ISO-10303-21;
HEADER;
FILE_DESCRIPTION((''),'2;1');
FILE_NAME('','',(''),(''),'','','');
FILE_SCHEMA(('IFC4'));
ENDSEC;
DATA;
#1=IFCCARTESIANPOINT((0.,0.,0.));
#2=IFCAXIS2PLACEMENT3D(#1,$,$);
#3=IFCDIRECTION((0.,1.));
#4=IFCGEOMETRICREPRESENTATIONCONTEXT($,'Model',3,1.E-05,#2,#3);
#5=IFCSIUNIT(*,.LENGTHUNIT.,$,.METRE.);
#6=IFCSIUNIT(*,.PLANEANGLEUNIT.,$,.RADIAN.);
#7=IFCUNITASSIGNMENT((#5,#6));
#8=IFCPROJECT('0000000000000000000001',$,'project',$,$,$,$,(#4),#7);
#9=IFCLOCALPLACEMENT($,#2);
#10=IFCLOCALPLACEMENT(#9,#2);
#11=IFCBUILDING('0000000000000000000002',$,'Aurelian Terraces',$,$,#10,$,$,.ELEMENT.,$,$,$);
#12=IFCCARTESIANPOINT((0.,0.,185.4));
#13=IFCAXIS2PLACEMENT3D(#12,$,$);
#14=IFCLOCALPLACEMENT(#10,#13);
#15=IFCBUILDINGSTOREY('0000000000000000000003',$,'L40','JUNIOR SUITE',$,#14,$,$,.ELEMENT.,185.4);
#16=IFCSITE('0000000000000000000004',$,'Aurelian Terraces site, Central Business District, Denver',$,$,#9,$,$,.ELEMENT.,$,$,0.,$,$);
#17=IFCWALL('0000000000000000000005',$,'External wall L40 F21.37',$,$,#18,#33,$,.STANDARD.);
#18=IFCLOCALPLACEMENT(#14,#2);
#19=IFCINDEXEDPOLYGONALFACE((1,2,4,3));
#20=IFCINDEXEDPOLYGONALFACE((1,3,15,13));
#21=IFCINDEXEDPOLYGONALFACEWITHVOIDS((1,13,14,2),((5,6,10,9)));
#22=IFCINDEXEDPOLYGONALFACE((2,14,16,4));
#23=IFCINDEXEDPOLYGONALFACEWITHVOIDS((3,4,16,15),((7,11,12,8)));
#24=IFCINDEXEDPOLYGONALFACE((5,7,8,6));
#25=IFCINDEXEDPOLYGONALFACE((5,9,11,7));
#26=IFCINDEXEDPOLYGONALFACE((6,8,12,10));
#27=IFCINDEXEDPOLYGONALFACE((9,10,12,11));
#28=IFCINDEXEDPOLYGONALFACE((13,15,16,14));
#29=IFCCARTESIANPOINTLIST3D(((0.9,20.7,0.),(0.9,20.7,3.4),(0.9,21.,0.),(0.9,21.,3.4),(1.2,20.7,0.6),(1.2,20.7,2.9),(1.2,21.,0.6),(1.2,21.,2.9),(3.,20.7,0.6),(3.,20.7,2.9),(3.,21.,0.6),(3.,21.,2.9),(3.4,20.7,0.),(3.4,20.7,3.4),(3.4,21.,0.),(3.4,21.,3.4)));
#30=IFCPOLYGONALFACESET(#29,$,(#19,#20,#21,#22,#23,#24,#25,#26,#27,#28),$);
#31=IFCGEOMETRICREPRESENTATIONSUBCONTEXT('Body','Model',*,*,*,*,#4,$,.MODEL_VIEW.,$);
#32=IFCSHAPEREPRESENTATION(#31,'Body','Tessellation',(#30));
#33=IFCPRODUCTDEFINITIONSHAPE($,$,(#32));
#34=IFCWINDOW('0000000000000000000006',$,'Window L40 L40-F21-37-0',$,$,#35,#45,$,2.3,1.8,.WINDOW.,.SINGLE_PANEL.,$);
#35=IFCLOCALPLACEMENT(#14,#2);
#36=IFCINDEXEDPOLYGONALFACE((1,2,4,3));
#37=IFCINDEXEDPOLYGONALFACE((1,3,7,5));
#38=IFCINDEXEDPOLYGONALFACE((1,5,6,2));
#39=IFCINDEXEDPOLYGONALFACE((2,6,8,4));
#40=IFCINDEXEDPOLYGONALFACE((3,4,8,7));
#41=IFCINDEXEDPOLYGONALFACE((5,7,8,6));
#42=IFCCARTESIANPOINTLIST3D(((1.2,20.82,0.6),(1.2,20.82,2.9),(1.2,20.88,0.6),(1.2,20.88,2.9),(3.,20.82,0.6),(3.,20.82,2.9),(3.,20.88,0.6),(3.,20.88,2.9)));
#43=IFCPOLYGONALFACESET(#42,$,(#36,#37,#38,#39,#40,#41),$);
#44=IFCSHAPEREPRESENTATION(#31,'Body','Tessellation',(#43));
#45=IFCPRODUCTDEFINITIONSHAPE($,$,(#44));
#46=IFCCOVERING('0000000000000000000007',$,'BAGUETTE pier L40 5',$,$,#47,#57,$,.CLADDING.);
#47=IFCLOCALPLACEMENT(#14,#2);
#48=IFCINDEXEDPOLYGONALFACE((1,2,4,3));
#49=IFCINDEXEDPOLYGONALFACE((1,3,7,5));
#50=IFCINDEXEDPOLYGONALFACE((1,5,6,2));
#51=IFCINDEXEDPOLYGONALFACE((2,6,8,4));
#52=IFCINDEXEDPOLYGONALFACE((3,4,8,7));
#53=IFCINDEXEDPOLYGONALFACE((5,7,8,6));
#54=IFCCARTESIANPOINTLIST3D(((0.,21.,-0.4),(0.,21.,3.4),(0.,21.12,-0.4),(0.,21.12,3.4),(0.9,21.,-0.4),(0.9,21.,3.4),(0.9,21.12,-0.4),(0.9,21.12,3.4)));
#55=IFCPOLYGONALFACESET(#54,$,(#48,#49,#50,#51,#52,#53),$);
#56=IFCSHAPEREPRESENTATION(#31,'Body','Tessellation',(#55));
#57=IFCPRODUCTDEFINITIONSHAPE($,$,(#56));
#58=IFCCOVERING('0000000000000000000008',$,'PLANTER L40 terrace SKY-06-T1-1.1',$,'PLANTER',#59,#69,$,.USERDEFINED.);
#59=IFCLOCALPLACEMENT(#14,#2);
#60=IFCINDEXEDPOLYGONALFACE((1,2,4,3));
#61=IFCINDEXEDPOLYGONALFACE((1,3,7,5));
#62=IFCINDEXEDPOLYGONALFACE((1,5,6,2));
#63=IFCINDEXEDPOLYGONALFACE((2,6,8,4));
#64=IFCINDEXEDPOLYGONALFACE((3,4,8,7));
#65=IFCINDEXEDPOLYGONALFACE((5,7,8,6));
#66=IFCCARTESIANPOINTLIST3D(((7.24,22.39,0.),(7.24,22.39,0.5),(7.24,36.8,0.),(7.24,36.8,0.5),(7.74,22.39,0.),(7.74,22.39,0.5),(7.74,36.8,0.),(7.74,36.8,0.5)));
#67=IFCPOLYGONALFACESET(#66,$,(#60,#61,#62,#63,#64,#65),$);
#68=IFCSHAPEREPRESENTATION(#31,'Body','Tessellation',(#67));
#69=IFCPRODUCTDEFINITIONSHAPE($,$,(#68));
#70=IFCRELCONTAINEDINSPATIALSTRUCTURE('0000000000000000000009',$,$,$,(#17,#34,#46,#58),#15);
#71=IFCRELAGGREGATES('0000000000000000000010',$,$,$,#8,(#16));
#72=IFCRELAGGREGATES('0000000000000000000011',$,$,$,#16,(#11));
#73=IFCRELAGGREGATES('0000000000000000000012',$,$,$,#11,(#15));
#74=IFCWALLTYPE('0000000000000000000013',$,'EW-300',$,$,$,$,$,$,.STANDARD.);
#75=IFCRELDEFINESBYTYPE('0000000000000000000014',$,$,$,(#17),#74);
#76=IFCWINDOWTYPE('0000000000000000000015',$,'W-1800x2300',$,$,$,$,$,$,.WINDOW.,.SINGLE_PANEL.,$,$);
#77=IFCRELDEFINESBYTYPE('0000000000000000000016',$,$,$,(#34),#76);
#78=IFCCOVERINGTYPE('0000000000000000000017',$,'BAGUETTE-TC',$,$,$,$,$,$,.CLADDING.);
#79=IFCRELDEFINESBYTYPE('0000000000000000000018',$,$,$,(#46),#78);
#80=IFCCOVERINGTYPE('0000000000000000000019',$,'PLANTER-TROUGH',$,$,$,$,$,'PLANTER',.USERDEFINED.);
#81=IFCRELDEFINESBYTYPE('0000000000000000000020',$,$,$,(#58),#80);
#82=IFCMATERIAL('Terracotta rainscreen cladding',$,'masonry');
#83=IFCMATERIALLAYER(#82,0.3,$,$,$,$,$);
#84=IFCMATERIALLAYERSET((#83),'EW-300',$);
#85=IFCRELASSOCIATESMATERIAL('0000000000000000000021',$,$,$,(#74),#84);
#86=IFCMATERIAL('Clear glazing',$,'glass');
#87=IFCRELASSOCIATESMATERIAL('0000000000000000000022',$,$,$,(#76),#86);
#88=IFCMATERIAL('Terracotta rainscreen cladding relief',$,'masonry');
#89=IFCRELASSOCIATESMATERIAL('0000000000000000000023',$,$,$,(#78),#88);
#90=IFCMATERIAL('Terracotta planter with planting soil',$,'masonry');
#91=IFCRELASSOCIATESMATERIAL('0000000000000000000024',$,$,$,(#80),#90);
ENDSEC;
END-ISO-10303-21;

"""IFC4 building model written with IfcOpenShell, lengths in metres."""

from ifc_helpers import new_model, si_unit, direction, frame, frame_2d, origin, origin_2d, place, context, subcontext, project, spatial, rectangle, extrude, source, transform, mapped, material, layer, layer_set, type_object, element, fill, save


model = new_model("IFC4")

# Units and contexts
model_context = context("Model", 3, precision=1e-05, world=origin(), true_north=direction((0.0, 1.0)))
body_context = subcontext(model_context, "Body", "Model", "MODEL_VIEW")
ifc_project = project(units=[si_unit("LENGTHUNIT", "METRE"), si_unit("PLANEANGLEUNIT", "RADIAN")], contexts=[model_context])

# Site, building, storey
site_placement = place(None, origin())
site = spatial("IfcSite", under=ifc_project, at=site_placement, Name="Aurelian Terraces site, Central Business District, Denver", CompositionType="ELEMENT", RefElevation=0.0)
building_placement = place(site_placement, origin())
building = spatial("IfcBuilding", under=site, at=building_placement, Name="Aurelian Terraces", CompositionType="ELEMENT")
storey_placement = place(building_placement, frame((0.0, 0.0, 185.4)))
storey = spatial("IfcBuildingStorey", under=building, at=storey_placement, Name="L40", Description="JUNIOR SUITE", CompositionType="ELEMENT", Elevation=185.4)

# Wall, opening, window
ifc_material_1 = material(Name="Terracotta rainscreen cladding", Category="masonry")
ifc_layer_1 = layer(ifc_material_1, 0.3)
ifc_layer_set_1 = layer_set([ifc_layer_1], Name="EW-300")
wall_type_1 = type_object("IfcWallType", Name="EW-300", PredefinedType="STANDARD", material=ifc_layer_set_1)
shared_shape_1 = source(origin(), body_context, "Body", "SweptSolid", [
    extrude(rectangle(XDim=2.5, YDim=0.3, at=frame_2d((1.25, 0.0))), origin(), (0.0, 0.0, 1.0), 3.4),
])
wall_1_placement = place(storey_placement, frame((3.4, 20.85, 0.0), z_axis=(0.0, 0.0, 1.0), x_axis=(-1.0, 0.0, 0.0)))
wall_1 = element("IfcWall", 1, at=wall_1_placement, inside=storey, type_object=wall_type_1, Name="External wall L40 F21.37", PredefinedType="STANDARD", context=body_context, shape_type="MappedRepresentation", body=[
    mapped(shared_shape_1, transform((0.0, 0.0, 0.0), scale=1.0)),
])
shared_shape_2 = source(origin(), body_context, "Body", "SweptSolid", [
    extrude(rectangle(XDim=1.8, YDim=2.3, at=frame_2d((0.9, 1.15))), frame((0.0, 0.16, 0.0), z_axis=(0.0, -1.0, 0.0), x_axis=(1.0, 0.0, 0.0)), (0.0, 0.0, 1.0), 0.32),
])
opening_1_placement = place(wall_1_placement, frame((0.4, 0.0, 0.6)))
opening_1 = element("IfcOpeningElement", 2, at=opening_1_placement, cuts=wall_1, PredefinedType="OPENING", context=body_context, shape_type="MappedRepresentation", body=[
    mapped(shared_shape_2, transform((0.0, 0.0, 0.0), scale=1.0)),
])
ifc_material_2 = material(Name="Clear glazing", Category="glass")
window_type = type_object("IfcWindowType", Name="W-1800x2300", PartitioningType="SINGLE_PANEL", PredefinedType="WINDOW", material=ifc_material_2)
shared_shape_3 = source(origin(), body_context, "Body", "SweptSolid", [
    extrude(rectangle(XDim=1.8, YDim=2.3, at=frame_2d((0.9, 1.15))), frame((0.0, 0.03, 0.0), z_axis=(0.0, -1.0, 0.0), x_axis=(1.0, 0.0, 0.0)), (0.0, 0.0, 1.0), 0.06),
])
window_placement = place(opening_1_placement, origin())
window = element("IfcWindow", 3, at=window_placement, inside=storey, type_object=window_type, Name="Window L40 L40-F21-37-0", OverallHeight=2.3, OverallWidth=1.8, PartitioningType="SINGLE_PANEL", PredefinedType="WINDOW", context=body_context, shape_type="MappedRepresentation", body=[
    mapped(shared_shape_3, transform((0.0, 0.0, 0.0), scale=1.0)),
])
fill(opening_1, window)

# Covering
ifc_material_3 = material(Name="Terracotta rainscreen cladding relief", Category="masonry")
covering_type_1 = type_object("IfcCoveringType", Name="BAGUETTE-TC", PredefinedType="CLADDING", material=ifc_material_3)
shared_shape_4 = source(origin(), body_context, "Body", "SweptSolid", [
    extrude(rectangle(XDim=0.9, YDim=0.12, at=origin_2d()), origin(), (0.0, 0.0, 1.0), 3.8),
])
covering_1_placement = place(storey_placement, frame((0.45, 21.06, -0.4), z_axis=(0.0, 0.0, 1.0), x_axis=(1.0, 0.0, 0.0)))
element("IfcCovering", 4, at=covering_1_placement, inside=storey, type_object=covering_type_1, Name="BAGUETTE pier L40 5", PredefinedType="CLADDING", context=body_context, shape_type="MappedRepresentation", body=[
    mapped(shared_shape_4, transform((0.0, 0.0, 0.0), scale=1.0)),
])

# Covering
ifc_material_4 = material(Name="Terracotta planter with planting soil", Category="masonry")
covering_type_2 = type_object("IfcCoveringType", Name="PLANTER-TROUGH", ElementType="PLANTER", PredefinedType="USERDEFINED", material=ifc_material_4)
shared_shape_5 = source(origin(), body_context, "Body", "SweptSolid", [
    extrude(rectangle(XDim=0.5, YDim=14.41, at=origin_2d()), origin(), (0.0, 0.0, 1.0), 0.5),
])
covering_2_placement = place(storey_placement, frame((7.49, 29.595, 0.0), z_axis=(0.0, 0.0, 1.0), x_axis=(1.0, 0.0, 0.0)))
element("IfcCovering", 5, at=covering_2_placement, inside=storey, type_object=covering_type_2, Name="PLANTER L40 terrace SKY-06-T1-1.1", ObjectType="PLANTER", PredefinedType="USERDEFINED", context=body_context, shape_type="MappedRepresentation", body=[
    mapped(shared_shape_5, transform((0.0, 0.0, 0.0), scale=1.0)),
])

save(model, "model.ifc")
